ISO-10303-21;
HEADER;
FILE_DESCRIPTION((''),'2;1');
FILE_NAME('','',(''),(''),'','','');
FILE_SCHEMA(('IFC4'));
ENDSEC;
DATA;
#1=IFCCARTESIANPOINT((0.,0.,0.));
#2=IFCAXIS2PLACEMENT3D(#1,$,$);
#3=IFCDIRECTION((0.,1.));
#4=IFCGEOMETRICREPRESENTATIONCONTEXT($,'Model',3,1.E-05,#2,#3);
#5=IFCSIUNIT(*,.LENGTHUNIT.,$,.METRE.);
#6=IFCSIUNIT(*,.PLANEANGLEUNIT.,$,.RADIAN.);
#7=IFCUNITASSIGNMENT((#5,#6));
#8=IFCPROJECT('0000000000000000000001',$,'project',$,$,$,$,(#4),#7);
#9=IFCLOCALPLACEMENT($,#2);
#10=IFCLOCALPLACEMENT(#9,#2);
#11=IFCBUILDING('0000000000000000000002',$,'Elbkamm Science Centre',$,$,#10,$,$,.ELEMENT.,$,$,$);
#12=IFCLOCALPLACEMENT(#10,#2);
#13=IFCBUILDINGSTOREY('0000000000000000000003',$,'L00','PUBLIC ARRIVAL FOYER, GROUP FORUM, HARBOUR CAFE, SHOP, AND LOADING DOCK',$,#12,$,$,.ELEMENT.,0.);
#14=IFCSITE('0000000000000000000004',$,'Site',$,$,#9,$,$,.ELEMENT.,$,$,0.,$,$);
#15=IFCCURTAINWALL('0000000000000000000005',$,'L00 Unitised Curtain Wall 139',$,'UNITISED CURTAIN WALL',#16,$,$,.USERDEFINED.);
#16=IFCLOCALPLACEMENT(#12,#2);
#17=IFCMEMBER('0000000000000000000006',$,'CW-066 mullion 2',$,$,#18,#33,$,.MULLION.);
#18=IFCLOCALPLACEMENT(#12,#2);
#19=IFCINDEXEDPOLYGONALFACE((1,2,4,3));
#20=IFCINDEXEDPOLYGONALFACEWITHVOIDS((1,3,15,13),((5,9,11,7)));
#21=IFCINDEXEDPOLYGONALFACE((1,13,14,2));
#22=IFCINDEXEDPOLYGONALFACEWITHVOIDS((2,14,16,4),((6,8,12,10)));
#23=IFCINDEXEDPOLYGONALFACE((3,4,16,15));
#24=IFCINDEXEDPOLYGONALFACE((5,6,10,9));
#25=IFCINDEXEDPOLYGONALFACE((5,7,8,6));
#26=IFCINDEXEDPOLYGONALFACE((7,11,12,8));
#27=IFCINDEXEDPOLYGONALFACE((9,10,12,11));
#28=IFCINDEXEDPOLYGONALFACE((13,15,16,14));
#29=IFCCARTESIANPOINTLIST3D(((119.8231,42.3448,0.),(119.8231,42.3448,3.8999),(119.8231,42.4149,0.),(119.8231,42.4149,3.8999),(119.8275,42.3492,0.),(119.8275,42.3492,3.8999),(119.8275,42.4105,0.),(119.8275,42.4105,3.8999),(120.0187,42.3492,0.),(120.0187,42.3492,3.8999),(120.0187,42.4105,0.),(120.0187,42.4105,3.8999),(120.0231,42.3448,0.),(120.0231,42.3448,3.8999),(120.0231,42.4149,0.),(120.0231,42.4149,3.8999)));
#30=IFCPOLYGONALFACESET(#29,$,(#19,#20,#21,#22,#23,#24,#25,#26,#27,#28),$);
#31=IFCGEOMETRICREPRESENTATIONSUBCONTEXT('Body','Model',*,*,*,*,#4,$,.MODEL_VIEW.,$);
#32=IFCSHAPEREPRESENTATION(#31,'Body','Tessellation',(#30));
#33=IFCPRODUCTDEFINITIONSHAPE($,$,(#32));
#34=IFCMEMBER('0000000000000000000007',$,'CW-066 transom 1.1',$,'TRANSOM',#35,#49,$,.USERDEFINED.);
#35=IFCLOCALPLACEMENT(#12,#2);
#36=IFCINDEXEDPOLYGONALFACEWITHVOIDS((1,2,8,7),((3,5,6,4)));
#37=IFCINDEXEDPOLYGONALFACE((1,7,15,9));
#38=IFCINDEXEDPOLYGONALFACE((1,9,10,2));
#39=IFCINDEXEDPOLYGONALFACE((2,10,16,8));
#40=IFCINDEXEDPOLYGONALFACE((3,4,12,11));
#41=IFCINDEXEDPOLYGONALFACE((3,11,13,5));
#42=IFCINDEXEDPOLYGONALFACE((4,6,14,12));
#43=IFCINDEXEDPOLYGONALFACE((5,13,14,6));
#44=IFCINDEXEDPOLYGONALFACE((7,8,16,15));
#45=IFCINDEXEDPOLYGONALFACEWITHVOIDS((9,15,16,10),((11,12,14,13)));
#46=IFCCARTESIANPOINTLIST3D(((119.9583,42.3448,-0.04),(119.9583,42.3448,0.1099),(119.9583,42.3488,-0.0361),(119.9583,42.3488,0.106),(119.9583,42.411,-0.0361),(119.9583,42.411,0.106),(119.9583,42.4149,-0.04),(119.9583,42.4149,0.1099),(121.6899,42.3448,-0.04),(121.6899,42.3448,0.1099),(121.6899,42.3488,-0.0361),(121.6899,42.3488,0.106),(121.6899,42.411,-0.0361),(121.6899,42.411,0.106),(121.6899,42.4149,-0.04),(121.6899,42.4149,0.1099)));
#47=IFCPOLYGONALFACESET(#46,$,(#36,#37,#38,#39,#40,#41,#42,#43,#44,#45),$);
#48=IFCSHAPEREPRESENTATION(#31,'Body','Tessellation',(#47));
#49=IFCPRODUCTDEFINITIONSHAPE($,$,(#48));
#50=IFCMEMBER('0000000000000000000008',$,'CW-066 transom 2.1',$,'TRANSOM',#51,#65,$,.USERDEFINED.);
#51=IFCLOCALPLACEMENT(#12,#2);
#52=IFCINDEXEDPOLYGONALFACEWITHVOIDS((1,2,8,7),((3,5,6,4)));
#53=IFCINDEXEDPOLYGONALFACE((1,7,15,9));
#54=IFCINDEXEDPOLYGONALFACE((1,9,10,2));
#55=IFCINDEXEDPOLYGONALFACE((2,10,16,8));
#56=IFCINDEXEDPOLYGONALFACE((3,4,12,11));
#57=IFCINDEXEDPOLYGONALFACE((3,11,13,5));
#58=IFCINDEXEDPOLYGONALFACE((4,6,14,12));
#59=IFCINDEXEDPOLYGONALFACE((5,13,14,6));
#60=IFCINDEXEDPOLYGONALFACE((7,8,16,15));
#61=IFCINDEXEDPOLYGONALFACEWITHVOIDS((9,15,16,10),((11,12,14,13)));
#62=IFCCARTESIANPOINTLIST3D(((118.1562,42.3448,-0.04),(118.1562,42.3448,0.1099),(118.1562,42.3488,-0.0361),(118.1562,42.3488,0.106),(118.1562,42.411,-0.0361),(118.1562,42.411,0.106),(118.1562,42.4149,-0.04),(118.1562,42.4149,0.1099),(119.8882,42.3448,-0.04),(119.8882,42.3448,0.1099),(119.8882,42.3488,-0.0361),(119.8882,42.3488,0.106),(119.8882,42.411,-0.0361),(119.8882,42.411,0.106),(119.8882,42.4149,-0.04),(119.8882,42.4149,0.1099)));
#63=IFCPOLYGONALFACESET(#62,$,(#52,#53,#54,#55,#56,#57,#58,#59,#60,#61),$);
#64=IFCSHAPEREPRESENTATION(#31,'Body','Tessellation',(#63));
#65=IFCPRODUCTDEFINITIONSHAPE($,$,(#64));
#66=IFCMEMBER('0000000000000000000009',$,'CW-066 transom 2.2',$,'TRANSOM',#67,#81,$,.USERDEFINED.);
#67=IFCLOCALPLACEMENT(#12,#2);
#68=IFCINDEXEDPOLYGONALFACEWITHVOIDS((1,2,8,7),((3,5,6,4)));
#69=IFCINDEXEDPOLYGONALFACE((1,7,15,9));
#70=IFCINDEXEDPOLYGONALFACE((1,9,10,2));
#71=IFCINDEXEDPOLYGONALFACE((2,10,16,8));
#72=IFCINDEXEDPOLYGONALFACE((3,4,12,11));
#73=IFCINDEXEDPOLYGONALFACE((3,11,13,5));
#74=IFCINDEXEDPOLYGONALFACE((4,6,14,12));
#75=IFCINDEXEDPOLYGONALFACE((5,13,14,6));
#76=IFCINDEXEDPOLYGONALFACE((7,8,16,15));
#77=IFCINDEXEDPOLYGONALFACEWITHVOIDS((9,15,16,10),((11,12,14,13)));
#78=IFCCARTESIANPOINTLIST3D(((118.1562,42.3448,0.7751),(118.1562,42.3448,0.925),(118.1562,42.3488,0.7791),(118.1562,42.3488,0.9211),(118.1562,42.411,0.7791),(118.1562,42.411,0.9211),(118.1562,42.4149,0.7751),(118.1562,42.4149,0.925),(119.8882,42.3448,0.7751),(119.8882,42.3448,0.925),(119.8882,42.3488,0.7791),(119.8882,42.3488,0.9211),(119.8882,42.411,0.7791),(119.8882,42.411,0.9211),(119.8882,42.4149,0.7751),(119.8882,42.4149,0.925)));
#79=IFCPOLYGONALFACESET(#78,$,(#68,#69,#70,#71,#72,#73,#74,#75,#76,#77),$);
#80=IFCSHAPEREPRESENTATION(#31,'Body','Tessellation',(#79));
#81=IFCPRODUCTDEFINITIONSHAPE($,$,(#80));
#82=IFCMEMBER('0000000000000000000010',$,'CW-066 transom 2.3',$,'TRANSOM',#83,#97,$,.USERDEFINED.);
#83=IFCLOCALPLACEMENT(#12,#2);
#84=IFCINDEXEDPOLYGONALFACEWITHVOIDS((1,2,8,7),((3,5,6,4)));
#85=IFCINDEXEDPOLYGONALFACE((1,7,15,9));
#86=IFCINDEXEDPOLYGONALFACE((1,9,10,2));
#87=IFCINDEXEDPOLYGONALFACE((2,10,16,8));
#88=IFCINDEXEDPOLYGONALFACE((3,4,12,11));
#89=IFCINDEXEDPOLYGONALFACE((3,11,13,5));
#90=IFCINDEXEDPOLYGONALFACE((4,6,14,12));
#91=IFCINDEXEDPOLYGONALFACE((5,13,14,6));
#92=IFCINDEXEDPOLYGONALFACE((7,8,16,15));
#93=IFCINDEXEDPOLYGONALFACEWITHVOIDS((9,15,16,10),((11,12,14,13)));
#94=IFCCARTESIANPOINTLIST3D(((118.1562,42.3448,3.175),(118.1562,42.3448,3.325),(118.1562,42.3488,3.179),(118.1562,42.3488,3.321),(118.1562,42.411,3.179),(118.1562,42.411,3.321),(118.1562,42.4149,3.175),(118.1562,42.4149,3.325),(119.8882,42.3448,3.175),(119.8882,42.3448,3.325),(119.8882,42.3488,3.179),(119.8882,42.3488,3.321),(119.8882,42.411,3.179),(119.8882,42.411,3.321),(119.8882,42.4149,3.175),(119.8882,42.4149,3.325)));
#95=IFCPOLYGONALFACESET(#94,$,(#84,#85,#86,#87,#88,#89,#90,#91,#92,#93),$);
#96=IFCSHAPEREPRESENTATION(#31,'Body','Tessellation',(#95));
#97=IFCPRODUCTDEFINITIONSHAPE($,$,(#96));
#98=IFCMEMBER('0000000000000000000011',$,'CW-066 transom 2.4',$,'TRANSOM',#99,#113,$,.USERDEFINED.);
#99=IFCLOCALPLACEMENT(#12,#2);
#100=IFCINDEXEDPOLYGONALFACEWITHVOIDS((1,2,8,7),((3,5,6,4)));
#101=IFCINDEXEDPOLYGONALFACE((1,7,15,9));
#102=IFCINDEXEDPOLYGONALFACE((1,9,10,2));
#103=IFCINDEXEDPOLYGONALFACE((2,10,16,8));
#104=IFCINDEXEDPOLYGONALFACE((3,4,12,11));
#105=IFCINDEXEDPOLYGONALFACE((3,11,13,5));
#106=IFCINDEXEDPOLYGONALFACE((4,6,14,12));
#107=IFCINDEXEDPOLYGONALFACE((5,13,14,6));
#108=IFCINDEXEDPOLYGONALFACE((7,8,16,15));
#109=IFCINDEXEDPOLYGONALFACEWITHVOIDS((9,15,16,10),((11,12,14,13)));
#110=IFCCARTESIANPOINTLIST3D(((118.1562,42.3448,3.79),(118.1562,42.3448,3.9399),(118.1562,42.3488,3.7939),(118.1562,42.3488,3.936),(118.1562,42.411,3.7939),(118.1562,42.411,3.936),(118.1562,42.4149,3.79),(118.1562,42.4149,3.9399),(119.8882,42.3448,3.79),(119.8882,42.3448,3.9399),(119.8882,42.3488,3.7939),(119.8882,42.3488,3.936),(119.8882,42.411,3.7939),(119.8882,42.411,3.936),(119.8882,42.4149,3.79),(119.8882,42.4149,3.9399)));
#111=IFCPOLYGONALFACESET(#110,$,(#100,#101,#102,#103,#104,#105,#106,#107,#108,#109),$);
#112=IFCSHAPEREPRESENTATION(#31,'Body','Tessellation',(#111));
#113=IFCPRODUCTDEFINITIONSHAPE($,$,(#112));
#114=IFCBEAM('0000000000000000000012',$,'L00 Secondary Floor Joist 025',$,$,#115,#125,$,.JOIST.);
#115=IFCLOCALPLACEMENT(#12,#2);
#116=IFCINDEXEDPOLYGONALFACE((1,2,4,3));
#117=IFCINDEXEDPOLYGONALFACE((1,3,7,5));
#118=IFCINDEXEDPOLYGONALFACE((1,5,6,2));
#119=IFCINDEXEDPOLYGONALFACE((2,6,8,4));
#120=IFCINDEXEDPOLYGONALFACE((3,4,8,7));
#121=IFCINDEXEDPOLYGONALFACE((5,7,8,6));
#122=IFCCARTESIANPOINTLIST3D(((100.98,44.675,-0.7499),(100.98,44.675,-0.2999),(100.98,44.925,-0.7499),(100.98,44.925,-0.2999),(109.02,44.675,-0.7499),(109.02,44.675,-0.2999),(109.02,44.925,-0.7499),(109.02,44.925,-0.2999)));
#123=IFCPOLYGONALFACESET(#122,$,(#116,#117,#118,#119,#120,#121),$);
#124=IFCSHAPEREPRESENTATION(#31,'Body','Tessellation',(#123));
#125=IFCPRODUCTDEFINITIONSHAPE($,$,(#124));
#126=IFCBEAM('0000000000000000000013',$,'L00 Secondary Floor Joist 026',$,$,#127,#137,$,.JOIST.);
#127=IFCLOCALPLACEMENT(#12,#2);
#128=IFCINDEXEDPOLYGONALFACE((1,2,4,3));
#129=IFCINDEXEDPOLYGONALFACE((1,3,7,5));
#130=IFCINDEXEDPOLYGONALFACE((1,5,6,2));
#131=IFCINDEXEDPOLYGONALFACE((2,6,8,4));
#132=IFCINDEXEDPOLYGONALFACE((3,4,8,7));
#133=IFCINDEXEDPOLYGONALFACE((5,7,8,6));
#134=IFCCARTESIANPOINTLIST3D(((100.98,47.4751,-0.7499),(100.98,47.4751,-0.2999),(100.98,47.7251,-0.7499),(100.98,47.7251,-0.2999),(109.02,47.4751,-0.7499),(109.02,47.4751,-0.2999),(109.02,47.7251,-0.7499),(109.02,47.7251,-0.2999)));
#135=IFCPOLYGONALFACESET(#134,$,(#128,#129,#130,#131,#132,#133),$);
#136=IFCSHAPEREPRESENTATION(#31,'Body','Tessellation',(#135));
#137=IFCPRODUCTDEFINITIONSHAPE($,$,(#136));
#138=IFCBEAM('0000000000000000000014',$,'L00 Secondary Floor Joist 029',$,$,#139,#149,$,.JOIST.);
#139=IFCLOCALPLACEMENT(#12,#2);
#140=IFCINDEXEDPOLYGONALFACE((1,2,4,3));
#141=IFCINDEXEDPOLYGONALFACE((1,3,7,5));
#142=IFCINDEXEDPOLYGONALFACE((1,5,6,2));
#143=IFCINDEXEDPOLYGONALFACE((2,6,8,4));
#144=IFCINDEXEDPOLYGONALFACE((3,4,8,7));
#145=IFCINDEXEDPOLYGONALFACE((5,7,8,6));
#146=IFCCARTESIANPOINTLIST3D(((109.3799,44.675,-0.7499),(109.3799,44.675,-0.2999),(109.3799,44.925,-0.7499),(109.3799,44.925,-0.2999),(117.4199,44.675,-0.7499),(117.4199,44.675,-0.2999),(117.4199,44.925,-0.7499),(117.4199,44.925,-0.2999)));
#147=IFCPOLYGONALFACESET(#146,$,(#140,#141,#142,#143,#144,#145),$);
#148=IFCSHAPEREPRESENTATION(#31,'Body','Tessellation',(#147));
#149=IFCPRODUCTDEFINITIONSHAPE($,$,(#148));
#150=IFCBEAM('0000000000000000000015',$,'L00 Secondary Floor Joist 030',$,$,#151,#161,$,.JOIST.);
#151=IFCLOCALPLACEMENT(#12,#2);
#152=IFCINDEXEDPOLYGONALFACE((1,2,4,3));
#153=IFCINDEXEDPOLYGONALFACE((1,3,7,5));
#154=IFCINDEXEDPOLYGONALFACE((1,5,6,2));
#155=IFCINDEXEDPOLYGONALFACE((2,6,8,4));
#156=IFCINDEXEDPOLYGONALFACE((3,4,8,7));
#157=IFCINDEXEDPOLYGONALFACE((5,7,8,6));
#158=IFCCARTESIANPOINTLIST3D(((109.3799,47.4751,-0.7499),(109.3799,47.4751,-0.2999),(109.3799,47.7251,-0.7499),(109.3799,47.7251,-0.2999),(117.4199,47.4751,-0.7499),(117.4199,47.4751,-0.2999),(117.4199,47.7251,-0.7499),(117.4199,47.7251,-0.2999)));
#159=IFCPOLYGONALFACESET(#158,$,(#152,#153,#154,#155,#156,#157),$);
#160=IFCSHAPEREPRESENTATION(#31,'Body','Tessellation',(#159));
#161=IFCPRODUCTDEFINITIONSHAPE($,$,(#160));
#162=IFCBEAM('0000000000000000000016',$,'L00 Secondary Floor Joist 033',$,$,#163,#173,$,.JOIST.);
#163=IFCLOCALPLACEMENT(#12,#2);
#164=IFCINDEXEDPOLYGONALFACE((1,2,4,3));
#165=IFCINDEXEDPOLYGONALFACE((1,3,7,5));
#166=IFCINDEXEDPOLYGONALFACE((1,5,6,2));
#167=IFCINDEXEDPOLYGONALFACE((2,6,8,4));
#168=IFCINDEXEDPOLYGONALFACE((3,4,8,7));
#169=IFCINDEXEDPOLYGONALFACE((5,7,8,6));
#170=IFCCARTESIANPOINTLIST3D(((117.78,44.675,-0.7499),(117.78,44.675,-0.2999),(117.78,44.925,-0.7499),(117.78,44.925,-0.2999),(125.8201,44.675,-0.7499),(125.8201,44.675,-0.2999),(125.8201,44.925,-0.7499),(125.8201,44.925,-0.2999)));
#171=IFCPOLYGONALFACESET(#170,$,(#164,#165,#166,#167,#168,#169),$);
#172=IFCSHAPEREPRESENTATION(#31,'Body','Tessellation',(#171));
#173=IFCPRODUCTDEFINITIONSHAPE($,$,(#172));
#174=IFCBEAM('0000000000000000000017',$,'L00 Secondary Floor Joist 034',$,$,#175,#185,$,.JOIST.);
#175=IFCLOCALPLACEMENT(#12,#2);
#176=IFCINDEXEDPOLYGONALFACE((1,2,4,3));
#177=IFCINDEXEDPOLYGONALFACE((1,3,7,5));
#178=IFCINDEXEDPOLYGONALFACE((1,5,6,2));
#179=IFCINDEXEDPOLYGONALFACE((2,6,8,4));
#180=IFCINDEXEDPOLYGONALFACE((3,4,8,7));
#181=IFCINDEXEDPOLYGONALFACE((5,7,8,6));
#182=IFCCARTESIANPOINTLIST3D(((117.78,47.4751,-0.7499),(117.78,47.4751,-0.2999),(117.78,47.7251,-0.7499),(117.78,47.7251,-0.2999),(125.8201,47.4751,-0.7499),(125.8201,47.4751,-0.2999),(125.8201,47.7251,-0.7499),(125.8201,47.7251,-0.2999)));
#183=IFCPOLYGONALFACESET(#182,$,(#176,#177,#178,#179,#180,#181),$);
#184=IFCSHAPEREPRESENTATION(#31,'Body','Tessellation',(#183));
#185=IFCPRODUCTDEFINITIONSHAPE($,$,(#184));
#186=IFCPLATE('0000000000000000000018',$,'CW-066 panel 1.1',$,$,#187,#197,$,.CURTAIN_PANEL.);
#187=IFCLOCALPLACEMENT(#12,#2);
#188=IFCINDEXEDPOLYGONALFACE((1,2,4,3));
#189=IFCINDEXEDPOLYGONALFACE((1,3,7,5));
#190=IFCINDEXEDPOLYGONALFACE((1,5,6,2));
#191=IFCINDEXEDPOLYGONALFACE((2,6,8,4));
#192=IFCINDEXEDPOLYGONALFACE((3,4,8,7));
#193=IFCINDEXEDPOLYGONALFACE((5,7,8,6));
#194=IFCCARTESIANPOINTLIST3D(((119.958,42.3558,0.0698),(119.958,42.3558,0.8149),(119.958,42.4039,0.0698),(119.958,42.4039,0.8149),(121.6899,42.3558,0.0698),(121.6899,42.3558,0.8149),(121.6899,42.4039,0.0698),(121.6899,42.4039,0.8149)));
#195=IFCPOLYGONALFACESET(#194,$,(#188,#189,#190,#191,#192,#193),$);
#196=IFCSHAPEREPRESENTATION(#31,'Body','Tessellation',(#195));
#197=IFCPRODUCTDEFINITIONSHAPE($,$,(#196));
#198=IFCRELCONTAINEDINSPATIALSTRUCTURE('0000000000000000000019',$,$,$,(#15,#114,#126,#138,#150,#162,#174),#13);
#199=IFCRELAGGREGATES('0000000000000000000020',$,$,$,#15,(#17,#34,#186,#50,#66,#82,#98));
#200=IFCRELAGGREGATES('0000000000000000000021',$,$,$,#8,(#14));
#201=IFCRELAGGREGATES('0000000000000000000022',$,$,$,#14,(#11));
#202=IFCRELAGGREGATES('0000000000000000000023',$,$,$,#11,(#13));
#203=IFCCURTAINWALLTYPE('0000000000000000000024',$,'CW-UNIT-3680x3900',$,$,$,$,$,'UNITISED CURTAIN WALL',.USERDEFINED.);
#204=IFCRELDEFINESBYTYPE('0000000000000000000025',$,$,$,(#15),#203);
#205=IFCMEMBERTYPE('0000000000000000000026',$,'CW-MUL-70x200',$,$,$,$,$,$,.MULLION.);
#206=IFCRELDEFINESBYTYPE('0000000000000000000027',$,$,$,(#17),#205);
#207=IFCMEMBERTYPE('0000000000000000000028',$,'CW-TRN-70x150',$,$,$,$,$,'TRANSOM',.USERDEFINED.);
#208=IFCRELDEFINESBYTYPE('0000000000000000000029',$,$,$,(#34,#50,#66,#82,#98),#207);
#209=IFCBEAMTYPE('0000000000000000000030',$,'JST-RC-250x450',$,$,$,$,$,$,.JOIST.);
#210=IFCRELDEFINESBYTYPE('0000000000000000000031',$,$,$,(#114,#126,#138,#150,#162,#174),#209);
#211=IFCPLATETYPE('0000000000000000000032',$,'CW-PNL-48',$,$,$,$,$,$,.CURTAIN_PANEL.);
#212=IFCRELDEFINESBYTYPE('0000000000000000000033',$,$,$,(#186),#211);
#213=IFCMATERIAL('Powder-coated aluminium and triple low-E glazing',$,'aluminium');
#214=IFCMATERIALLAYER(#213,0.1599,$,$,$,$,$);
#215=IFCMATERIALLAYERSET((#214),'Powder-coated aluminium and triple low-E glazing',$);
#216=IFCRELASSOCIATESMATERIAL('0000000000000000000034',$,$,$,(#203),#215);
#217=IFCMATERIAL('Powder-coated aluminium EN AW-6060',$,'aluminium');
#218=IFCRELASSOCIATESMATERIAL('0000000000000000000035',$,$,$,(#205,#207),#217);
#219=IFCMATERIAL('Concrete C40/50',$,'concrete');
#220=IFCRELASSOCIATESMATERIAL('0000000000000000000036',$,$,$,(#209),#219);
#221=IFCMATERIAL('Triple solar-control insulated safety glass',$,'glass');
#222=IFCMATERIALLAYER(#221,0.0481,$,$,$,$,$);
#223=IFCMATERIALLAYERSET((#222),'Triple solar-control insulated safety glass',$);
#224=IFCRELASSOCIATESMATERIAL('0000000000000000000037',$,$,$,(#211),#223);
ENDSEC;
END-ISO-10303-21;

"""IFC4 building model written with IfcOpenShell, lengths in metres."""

from ifc_helpers import new_model, si_unit, direction, frame, origin, origin_2d, place, context, subcontext, project, spatial, rectangle, hollow_rectangle, extrude, material, layer, layer_set, material_profile, profile_set, type_object, element, aggregate, save


model = new_model("IFC4")

# Units and contexts
model_context = context("Model", 3, precision=1e-05, world=origin(), true_north=direction((0.0, 1.0)))
body_context = subcontext(model_context, "Body", "Model", "MODEL_VIEW")
ifc_project = project(units=[si_unit("LENGTHUNIT", "METRE"), si_unit("PLANEANGLEUNIT", "RADIAN")], contexts=[model_context])

# Site, building, storey
site_placement = place(None, origin())
site = spatial("IfcSite", under=ifc_project, at=site_placement, Name="Site", CompositionType="ELEMENT", RefElevation=0.0)
building_placement = place(site_placement, origin())
building = spatial("IfcBuilding", under=site, at=building_placement, Name="Elbkamm Science Centre", CompositionType="ELEMENT")
storey_placement = place(building_placement, origin())
storey = spatial("IfcBuildingStorey", under=building, at=storey_placement, Name="L00", Description="PUBLIC ARRIVAL FOYER, GROUP FORUM, HARBOUR CAFE, SHOP, AND LOADING DOCK", CompositionType="ELEMENT", Elevation=0.0)

# Curtain wall, members
ifc_material_1 = material(Name="Powder-coated aluminium and triple low-E glazing", Category="aluminium")
ifc_layer_1 = layer(ifc_material_1, 0.1599)
ifc_layer_set_1 = layer_set([ifc_layer_1], Name="Powder-coated aluminium and triple low-E glazing")
curtain_wall_type = type_object("IfcCurtainWallType", Name="CW-UNIT-3680x3900", ElementType="UNITISED CURTAIN WALL", PredefinedType="USERDEFINED", material=ifc_layer_set_1)
curtain_wall_placement = place(storey_placement, origin())
curtain_wall = element("IfcCurtainWall", 1, at=curtain_wall_placement, inside=storey, type_object=curtain_wall_type, Name="L00 Unitised Curtain Wall 139", ObjectType="UNITISED CURTAIN WALL", PredefinedType="USERDEFINED")
ifc_material_2 = material(Name="Powder-coated aluminium EN AW-6060", Category="aluminium")
ifc_material_profile_1 = material_profile(ifc_material_2, hollow_rectangle(XDim=0.0701, YDim=0.2, WallThickness=0.0044, at=origin_2d()), Name="ALU M70x200")
ifc_profile_set_1 = profile_set([ifc_material_profile_1], Name="Powder-coated aluminium EN AW-6060")
member_type_1 = type_object("IfcMemberType", Name="CW-MUL-70x200", PredefinedType="MULLION", material=ifc_profile_set_1)
member_1_placement = place(storey_placement, frame((119.9231, 42.3799, 0.0), z_axis=(0.0, 0.0, 1.0), x_axis=(0.0, -1.0, 0.0)))
member_1 = element("IfcMember", 2, at=member_1_placement, type_object=member_type_1, Name="CW-066 mullion 2", PredefinedType="MULLION", context=body_context, shape_type="SweptSolid", body=[
    extrude(hollow_rectangle(XDim=0.0701, YDim=0.2, WallThickness=0.0044, at=origin_2d()), origin(), (0.0, 0.0, 1.0), 3.8999),
])
ifc_material_profile_2 = material_profile(ifc_material_2, hollow_rectangle(XDim=0.0701, YDim=0.1499, WallThickness=0.0039, at=origin_2d()), Name="ALU T70x150")
ifc_profile_set_2 = profile_set([ifc_material_profile_2], Name="Powder-coated aluminium EN AW-6060")
member_type_2 = type_object("IfcMemberType", Name="CW-TRN-70x150", ElementType="TRANSOM", PredefinedType="USERDEFINED", material=ifc_profile_set_2)
member_2_placement = place(storey_placement, frame((121.6899, 42.3799, 0.0349), z_axis=(-1.0, 0.0, 0.0), x_axis=(0.0, -1.0, 0.0)))
member_2 = element("IfcMember", 3, at=member_2_placement, type_object=member_type_2, Name="CW-066 transom 1.1", ObjectType="TRANSOM", PredefinedType="USERDEFINED", context=body_context, shape_type="SweptSolid", body=[
    extrude(hollow_rectangle(XDim=0.0701, YDim=0.1499, WallThickness=0.0039, at=origin_2d()), origin(), (0.0, 0.0, 1.0), 1.7317),
])
member_3_placement = place(storey_placement, frame((119.8882, 42.3799, 0.0349), z_axis=(-1.0, 0.0, 0.0), x_axis=(0.0, -1.0, 0.0)))
member_3 = element("IfcMember", 4, at=member_3_placement, type_object=member_type_2, Name="CW-066 transom 2.1", ObjectType="TRANSOM", PredefinedType="USERDEFINED", context=body_context, shape_type="SweptSolid", body=[
    extrude(hollow_rectangle(XDim=0.0701, YDim=0.1499, WallThickness=0.0039, at=origin_2d()), origin(), (0.0, 0.0, 1.0), 1.7319),
])
member_4_placement = place(storey_placement, frame((119.8882, 42.3799, 0.8501), z_axis=(-1.0, 0.0, 0.0), x_axis=(0.0, -1.0, 0.0)))
member_4 = element("IfcMember", 5, at=member_4_placement, type_object=member_type_2, Name="CW-066 transom 2.2", ObjectType="TRANSOM", PredefinedType="USERDEFINED", context=body_context, shape_type="SweptSolid", body=[
    extrude(hollow_rectangle(XDim=0.0701, YDim=0.1499, WallThickness=0.0039, at=origin_2d()), origin(), (0.0, 0.0, 1.0), 1.7319),
])
member_5_placement = place(storey_placement, frame((119.8882, 42.3799, 3.25), z_axis=(-1.0, 0.0, 0.0), x_axis=(0.0, -1.0, 0.0)))
member_5 = element("IfcMember", 6, at=member_5_placement, type_object=member_type_2, Name="CW-066 transom 2.3", ObjectType="TRANSOM", PredefinedType="USERDEFINED", context=body_context, shape_type="SweptSolid", body=[
    extrude(hollow_rectangle(XDim=0.0701, YDim=0.1499, WallThickness=0.0039, at=origin_2d()), origin(), (0.0, 0.0, 1.0), 1.7319),
])
member_6_placement = place(storey_placement, frame((119.8882, 42.3799, 3.865), z_axis=(-1.0, 0.0, 0.0), x_axis=(0.0, -1.0, 0.0)))
member_6 = element("IfcMember", 7, at=member_6_placement, type_object=member_type_2, Name="CW-066 transom 2.4", ObjectType="TRANSOM", PredefinedType="USERDEFINED", context=body_context, shape_type="SweptSolid", body=[
    extrude(hollow_rectangle(XDim=0.0701, YDim=0.1499, WallThickness=0.0039, at=origin_2d()), origin(), (0.0, 0.0, 1.0), 1.7319),
])

# Beams
ifc_material_3 = material(Name="Concrete C40/50", Category="concrete")
ifc_material_profile_3 = material_profile(ifc_material_3, rectangle(XDim=0.25, YDim=0.45, at=origin_2d()), Name="RC 250x450")
ifc_profile_set_3 = profile_set([ifc_material_profile_3], Name="Concrete C40/50")
beam_type = type_object("IfcBeamType", Name="JST-RC-250x450", PredefinedType="JOIST", material=ifc_profile_set_3)
for number, where, z_axis, x_axis, name in (
    (8, (100.98, 44.8, -0.5249), (1.0, 0.0, 0.0), (0.0, 1.0, 0.0), "L00 Secondary Floor Joist 025"),
    (9, (100.98, 47.6001, -0.5249), (1.0, 0.0, 0.0), (0.0, 1.0, 0.0), "L00 Secondary Floor Joist 026"),
    (10, (109.3799, 44.8, -0.5249), (1.0, 0.0, 0.0), (0.0, 1.0, 0.0), "L00 Secondary Floor Joist 029"),
    (11, (109.3799, 47.6001, -0.5249), (1.0, 0.0, 0.0), (0.0, 1.0, 0.0), "L00 Secondary Floor Joist 030"),
    (12, (117.78, 44.8, -0.5249), (1.0, 0.0, 0.0), (0.0, 1.0, 0.0), "L00 Secondary Floor Joist 033"),
    (13, (117.78, 47.6001, -0.5249), (1.0, 0.0, 0.0), (0.0, 1.0, 0.0), "L00 Secondary Floor Joist 034"),
):
    element("IfcBeam", number, at=place(storey_placement, frame(where, z_axis=z_axis, x_axis=x_axis)), inside=storey, type_object=beam_type, Name=name, PredefinedType="JOIST", context=body_context, shape_type="SweptSolid", body=[
        extrude(rectangle(XDim=0.25, YDim=0.45, at=origin_2d()), origin(), (0.0, 0.0, 1.0), 8.04),
    ])

# Plate
ifc_material_4 = material(Name="Triple solar-control insulated safety glass", Category="glass")
ifc_layer_2 = layer(ifc_material_4, 0.0481)
ifc_layer_set_2 = layer_set([ifc_layer_2], Name="Triple solar-control insulated safety glass")
plate_type = type_object("IfcPlateType", Name="CW-PNL-48", PredefinedType="CURTAIN_PANEL", material=ifc_layer_set_2)
plate_1_placement = place(storey_placement, frame((120.824, 42.3799, 0.0698), z_axis=(0.0, 0.0, 1.0), x_axis=(-1.0, 0.0, 0.0)))
plate_1 = element("IfcPlate", 14, at=plate_1_placement, type_object=plate_type, Name="CW-066 panel 1.1", PredefinedType="CURTAIN_PANEL", context=body_context, shape_type="SweptSolid", body=[
    extrude(rectangle(XDim=1.7319, YDim=0.0481, at=origin_2d()), origin(), (0.0, 0.0, 1.0), 0.7451),
])
aggregate(curtain_wall, [member_1, member_2, plate_1, member_3, member_4, member_5, member_6])

save(model, "model.ifc")
